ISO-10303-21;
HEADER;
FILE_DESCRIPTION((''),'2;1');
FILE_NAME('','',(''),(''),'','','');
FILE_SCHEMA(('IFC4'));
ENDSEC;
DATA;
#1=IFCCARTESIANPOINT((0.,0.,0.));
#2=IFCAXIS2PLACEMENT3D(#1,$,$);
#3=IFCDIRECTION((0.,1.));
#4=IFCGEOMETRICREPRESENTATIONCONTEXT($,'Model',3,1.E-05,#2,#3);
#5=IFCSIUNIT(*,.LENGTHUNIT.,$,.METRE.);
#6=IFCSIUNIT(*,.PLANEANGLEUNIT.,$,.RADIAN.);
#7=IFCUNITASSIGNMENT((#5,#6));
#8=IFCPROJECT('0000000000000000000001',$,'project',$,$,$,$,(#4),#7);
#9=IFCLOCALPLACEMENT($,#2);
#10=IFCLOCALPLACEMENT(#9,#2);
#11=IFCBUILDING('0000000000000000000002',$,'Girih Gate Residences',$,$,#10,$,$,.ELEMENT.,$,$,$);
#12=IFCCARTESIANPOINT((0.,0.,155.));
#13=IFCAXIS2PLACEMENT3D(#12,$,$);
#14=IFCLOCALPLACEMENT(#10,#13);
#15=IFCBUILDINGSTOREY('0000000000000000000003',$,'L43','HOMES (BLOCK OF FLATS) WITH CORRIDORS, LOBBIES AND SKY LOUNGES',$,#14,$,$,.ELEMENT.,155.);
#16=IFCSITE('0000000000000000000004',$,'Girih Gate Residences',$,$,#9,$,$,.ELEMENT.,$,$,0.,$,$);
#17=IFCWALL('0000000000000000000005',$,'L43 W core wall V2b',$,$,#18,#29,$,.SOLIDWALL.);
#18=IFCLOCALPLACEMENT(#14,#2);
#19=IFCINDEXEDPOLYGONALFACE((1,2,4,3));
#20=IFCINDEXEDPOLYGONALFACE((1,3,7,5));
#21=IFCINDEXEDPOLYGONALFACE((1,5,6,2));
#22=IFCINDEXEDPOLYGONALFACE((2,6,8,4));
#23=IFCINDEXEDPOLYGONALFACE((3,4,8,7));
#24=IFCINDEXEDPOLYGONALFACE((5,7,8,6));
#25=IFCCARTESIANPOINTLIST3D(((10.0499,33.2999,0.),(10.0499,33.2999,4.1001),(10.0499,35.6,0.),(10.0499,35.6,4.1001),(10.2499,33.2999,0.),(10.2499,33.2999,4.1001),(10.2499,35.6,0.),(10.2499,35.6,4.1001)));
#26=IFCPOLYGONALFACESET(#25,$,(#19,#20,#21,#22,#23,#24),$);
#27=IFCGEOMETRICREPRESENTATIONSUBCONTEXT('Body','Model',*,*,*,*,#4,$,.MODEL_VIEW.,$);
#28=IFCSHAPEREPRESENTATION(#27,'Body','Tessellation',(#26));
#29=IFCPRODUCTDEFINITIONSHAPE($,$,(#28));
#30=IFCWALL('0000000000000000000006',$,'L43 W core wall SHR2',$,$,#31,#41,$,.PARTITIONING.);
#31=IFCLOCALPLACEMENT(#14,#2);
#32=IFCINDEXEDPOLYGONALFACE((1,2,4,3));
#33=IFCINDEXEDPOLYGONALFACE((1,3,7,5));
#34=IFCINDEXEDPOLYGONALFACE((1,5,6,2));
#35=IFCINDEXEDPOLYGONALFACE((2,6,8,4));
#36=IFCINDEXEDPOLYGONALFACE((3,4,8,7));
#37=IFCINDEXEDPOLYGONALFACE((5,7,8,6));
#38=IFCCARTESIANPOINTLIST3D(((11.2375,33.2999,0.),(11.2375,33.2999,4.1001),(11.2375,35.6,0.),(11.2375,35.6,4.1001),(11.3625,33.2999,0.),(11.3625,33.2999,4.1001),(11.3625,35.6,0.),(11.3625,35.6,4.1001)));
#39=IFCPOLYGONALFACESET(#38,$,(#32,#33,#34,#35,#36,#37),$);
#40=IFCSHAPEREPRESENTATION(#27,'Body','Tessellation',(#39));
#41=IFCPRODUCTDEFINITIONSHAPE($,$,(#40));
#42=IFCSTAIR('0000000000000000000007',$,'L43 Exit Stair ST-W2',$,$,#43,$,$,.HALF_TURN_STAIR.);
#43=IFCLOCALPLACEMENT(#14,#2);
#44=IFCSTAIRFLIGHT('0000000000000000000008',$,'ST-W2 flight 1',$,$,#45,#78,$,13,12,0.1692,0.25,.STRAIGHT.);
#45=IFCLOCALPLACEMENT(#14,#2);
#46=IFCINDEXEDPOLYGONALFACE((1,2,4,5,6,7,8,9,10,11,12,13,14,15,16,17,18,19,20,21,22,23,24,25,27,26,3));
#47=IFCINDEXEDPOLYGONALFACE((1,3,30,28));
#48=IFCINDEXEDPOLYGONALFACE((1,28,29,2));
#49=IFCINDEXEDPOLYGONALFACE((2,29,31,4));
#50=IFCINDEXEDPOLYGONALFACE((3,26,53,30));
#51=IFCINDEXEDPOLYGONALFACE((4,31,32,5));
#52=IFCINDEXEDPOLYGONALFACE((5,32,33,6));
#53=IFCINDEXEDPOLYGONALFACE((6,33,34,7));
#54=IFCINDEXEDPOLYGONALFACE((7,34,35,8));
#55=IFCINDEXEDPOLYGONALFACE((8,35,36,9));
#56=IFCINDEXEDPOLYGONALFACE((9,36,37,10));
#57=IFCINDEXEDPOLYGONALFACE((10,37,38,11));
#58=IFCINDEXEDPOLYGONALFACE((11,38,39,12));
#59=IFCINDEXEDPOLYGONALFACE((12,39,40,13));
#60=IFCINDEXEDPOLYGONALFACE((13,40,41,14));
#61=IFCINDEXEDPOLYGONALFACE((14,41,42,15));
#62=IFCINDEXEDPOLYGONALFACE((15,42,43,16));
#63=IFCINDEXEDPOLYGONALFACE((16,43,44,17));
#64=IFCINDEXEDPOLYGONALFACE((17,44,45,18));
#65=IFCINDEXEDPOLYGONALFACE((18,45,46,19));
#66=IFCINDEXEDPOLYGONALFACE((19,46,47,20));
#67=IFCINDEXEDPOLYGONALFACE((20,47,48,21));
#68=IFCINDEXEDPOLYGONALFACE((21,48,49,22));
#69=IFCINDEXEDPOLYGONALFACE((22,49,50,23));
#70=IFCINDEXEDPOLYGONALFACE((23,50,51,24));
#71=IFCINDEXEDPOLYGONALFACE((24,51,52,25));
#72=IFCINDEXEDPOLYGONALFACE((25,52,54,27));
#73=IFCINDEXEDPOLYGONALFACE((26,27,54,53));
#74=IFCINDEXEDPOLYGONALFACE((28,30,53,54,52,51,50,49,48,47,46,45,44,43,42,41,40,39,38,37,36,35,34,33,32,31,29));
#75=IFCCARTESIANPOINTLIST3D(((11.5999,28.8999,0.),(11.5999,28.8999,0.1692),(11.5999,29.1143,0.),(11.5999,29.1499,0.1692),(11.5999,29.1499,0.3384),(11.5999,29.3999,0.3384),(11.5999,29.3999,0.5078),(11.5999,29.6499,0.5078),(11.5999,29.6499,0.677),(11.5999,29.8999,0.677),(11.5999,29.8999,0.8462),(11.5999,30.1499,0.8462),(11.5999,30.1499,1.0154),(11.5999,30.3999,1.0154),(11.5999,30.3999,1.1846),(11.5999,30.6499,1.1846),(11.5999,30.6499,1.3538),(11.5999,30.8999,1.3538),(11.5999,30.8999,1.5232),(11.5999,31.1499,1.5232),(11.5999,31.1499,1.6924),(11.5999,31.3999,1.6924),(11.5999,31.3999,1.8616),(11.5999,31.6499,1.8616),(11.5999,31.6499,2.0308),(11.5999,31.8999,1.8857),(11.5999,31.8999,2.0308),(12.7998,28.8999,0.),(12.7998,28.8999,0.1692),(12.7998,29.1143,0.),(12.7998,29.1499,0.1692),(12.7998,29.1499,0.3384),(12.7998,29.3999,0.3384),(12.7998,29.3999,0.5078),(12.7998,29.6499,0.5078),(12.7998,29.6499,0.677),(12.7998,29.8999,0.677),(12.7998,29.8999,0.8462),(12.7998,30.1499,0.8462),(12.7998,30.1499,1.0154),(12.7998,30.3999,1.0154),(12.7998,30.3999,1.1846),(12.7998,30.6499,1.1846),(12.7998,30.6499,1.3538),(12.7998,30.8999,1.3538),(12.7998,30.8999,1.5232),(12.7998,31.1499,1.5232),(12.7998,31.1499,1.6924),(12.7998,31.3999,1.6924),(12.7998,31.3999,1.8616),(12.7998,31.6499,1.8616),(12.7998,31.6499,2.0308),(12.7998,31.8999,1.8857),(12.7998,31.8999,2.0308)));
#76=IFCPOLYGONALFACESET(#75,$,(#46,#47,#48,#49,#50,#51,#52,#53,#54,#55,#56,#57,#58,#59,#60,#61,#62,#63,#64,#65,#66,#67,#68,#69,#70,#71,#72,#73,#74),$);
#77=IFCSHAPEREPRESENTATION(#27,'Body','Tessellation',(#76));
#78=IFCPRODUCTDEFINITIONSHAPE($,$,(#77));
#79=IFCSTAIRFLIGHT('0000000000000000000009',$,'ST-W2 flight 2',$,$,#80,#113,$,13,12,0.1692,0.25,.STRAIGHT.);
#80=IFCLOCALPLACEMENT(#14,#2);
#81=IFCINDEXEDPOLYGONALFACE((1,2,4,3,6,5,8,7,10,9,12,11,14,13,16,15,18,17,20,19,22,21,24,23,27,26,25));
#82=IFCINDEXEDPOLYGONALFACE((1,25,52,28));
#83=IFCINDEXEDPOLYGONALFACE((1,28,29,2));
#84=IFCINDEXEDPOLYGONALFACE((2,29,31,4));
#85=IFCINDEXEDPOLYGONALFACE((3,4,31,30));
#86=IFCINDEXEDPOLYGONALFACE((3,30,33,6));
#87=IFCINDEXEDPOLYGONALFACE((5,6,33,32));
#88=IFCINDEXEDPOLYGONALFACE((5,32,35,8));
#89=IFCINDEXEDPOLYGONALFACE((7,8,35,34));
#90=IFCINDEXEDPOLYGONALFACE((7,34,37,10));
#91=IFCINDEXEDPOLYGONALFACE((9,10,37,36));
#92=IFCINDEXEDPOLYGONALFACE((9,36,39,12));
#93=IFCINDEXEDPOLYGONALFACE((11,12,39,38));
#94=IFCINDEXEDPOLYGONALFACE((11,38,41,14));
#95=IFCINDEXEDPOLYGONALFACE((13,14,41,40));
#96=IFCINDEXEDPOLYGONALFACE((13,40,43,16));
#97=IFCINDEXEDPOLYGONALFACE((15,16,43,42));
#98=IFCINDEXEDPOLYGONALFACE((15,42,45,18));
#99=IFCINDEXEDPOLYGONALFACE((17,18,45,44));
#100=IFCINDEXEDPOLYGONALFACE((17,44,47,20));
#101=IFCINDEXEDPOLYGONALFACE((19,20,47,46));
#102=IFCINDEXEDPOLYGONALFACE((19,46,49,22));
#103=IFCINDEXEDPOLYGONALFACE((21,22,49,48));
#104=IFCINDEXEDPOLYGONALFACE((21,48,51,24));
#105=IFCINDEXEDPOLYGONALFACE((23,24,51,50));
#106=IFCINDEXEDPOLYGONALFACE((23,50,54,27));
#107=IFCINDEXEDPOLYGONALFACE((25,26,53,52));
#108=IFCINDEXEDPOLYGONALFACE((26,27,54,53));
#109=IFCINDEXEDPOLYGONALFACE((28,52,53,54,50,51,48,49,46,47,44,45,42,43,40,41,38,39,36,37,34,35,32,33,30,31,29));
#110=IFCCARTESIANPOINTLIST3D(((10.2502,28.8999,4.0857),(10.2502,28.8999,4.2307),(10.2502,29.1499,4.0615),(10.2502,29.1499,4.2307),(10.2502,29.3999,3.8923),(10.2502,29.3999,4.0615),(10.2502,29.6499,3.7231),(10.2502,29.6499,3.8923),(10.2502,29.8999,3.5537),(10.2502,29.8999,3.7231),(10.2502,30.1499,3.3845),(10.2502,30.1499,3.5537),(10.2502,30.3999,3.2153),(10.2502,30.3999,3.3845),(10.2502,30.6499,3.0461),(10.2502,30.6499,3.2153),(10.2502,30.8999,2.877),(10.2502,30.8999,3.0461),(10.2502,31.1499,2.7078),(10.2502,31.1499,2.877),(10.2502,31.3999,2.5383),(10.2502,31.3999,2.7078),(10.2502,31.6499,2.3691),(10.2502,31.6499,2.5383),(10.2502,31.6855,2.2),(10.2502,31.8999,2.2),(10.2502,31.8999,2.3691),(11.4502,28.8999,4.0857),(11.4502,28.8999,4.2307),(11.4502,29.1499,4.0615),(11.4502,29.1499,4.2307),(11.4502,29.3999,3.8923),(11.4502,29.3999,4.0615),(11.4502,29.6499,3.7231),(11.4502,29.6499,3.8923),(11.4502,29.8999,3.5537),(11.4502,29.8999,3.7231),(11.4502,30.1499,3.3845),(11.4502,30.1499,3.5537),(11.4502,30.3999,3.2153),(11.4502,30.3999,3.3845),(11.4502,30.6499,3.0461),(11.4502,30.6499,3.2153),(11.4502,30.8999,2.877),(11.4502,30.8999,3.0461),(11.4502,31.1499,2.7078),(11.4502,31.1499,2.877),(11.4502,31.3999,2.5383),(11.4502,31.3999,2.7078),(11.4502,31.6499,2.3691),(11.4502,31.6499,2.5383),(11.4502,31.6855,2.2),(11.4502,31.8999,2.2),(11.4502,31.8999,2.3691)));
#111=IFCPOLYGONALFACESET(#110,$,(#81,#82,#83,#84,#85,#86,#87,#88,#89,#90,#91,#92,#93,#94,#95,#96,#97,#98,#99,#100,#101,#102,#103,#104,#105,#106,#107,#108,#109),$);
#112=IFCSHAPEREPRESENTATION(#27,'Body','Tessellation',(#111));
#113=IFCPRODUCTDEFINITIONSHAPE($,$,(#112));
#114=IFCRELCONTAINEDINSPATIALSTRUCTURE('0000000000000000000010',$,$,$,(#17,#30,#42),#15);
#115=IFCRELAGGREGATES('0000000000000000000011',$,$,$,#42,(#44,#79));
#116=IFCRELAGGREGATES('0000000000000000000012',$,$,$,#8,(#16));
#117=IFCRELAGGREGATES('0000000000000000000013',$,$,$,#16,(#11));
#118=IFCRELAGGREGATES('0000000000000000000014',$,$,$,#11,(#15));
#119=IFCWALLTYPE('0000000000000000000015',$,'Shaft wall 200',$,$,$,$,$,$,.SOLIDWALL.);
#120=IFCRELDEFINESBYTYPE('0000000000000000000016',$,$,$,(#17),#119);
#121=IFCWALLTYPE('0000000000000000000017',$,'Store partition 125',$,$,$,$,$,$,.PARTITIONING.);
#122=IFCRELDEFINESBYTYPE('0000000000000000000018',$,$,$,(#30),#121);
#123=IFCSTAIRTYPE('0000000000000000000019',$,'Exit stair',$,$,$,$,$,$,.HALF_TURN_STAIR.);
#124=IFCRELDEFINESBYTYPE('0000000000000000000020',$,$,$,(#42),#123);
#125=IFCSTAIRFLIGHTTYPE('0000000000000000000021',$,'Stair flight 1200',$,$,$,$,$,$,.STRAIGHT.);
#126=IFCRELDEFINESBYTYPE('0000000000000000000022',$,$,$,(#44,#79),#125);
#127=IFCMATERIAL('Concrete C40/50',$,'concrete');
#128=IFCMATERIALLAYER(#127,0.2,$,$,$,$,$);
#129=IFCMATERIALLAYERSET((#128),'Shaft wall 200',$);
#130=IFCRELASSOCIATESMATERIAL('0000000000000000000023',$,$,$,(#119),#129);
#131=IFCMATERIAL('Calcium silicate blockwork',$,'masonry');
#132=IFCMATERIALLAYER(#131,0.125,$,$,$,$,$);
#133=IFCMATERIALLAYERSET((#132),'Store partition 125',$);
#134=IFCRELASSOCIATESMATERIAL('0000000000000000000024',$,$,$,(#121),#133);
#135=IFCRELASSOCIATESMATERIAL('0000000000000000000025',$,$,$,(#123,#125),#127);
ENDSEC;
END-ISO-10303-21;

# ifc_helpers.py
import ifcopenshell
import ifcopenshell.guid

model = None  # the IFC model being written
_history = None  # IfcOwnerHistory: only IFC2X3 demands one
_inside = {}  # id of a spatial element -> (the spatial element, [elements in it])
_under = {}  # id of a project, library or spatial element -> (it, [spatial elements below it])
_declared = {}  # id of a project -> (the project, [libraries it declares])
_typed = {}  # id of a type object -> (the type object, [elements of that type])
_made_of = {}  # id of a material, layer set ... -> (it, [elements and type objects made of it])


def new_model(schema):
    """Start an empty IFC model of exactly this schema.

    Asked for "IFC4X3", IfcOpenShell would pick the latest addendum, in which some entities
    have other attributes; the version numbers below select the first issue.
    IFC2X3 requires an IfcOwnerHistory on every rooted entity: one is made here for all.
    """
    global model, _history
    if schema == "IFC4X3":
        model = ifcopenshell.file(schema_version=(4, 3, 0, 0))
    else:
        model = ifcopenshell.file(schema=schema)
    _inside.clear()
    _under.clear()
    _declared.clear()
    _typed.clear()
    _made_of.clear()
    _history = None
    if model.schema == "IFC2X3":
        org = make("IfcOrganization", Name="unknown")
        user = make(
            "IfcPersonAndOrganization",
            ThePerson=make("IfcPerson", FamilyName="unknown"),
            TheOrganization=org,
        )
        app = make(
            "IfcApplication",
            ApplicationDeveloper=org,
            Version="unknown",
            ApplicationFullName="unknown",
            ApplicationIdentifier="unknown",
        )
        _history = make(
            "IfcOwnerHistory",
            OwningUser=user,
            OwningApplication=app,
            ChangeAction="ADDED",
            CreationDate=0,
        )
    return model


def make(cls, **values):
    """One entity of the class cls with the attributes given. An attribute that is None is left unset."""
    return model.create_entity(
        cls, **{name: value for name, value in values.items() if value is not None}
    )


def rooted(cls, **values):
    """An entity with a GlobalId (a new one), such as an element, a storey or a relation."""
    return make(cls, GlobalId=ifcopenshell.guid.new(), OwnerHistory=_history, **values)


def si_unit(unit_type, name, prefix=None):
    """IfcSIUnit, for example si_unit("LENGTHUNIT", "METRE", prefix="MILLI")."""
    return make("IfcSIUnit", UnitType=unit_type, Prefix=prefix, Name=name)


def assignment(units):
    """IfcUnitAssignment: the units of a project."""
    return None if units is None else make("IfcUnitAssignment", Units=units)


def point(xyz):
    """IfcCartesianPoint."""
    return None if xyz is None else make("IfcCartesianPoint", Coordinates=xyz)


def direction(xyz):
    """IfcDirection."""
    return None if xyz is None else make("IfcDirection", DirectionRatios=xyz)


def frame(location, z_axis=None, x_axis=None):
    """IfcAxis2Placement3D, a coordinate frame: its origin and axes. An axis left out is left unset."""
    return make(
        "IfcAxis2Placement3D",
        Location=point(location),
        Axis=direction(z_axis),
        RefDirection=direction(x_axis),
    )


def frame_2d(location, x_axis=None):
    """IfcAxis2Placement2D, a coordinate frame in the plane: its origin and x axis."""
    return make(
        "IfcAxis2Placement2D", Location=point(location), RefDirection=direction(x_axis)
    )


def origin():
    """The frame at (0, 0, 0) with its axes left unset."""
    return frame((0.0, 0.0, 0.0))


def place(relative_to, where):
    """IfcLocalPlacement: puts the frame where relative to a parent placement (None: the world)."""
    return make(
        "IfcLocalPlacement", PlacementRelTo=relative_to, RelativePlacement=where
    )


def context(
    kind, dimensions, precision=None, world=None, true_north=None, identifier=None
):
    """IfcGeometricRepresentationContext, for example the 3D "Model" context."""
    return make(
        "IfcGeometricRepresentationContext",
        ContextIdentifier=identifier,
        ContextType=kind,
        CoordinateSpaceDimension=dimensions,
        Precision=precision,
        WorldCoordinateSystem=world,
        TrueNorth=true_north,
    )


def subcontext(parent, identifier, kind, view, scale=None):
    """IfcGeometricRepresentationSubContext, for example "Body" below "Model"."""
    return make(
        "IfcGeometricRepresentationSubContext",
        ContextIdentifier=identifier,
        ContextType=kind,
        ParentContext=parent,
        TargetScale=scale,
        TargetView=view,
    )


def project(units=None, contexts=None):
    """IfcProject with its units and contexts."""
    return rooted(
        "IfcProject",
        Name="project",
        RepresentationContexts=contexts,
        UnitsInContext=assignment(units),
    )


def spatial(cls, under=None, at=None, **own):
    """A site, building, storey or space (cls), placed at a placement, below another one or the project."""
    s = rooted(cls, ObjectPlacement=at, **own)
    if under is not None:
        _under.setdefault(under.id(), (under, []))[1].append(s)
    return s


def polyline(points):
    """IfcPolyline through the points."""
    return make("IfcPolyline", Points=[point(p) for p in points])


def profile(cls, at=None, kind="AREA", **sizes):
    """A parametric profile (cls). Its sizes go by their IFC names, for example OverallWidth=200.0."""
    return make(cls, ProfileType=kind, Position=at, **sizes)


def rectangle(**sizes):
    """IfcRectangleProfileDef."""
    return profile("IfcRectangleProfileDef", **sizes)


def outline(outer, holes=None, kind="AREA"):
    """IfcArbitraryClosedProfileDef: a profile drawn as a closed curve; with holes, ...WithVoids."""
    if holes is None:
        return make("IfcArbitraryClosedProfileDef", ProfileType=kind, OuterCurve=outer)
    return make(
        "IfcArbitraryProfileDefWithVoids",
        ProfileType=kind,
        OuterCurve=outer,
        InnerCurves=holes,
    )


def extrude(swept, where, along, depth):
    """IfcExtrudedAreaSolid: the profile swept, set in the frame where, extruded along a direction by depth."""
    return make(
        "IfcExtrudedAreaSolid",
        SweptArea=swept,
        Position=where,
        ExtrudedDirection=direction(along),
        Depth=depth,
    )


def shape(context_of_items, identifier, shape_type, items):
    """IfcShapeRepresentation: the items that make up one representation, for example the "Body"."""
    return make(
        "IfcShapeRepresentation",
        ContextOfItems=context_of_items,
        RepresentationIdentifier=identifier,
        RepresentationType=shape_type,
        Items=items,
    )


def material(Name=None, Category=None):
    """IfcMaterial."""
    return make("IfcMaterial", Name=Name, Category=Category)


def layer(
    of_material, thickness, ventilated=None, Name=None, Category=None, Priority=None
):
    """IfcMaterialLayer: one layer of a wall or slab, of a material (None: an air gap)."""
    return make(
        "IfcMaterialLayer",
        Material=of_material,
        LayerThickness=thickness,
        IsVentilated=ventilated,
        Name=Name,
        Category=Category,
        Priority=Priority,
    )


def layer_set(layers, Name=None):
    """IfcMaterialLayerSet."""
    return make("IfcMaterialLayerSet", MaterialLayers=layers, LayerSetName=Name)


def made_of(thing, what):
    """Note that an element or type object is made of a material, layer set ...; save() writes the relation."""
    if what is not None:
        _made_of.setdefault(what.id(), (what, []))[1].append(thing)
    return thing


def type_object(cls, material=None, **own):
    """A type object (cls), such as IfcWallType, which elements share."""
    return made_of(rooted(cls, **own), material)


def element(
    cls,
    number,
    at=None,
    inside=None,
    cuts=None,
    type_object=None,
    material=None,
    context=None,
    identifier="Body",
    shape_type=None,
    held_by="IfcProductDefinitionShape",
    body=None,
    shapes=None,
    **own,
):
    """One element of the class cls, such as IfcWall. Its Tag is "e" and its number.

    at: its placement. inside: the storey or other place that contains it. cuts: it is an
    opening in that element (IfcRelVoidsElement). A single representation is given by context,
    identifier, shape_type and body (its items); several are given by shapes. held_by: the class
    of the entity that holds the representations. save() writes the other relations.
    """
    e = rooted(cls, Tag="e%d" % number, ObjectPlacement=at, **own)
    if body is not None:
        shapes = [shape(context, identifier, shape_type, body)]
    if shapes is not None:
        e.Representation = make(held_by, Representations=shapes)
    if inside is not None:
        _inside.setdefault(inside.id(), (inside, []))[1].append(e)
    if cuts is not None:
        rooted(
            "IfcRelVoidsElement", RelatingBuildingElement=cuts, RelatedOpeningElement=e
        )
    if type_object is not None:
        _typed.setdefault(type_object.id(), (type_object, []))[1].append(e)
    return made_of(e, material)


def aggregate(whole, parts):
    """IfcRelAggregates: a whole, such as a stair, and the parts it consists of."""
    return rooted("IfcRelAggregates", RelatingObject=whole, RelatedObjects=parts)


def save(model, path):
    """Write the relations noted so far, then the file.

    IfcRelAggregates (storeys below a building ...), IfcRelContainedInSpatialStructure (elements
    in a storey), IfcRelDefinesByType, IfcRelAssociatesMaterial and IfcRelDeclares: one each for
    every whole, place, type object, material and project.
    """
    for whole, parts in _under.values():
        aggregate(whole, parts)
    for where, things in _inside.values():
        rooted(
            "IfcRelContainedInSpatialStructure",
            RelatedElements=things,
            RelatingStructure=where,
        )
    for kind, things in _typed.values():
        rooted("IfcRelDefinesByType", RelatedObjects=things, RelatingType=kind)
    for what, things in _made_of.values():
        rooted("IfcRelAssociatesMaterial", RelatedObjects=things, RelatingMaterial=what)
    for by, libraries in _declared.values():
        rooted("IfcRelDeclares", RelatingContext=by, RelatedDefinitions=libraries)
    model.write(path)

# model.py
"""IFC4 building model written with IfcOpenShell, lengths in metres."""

from ifc_helpers import new_model, si_unit, direction, frame, frame_2d, origin, place, context, subcontext, project, spatial, polyline, rectangle, outline, extrude, material, layer, layer_set, type_object, element, aggregate, save


model = new_model("IFC4")

# Units and contexts
model_context = context("Model", 3, precision=1e-05, world=origin(), true_north=direction((0.0, 1.0)))
body_context = subcontext(model_context, "Body", "Model", "MODEL_VIEW")
ifc_project = project(units=[si_unit("LENGTHUNIT", "METRE"), si_unit("PLANEANGLEUNIT", "RADIAN")], contexts=[model_context])

# Site, building, storey
site_placement = place(None, origin())
site = spatial("IfcSite", under=ifc_project, at=site_placement, Name="Girih Gate Residences", CompositionType="ELEMENT", RefElevation=0.0)
building_placement = place(site_placement, origin())
building = spatial("IfcBuilding", under=site, at=building_placement, Name="Girih Gate Residences", CompositionType="ELEMENT")
storey_placement = place(building_placement, frame((0.0, 0.0, 155.0)))
storey = spatial("IfcBuildingStorey", under=building, at=storey_placement, Name="L43", Description="HOMES (BLOCK OF FLATS) WITH CORRIDORS, LOBBIES AND SKY LOUNGES", CompositionType="ELEMENT", Elevation=155.0)

# Shared definitions
ifc_material_1 = material(Name="Concrete C40/50", Category="concrete")
ifc_layer_1 = layer(ifc_material_1, 0.2)
ifc_layer_set_1 = layer_set([ifc_layer_1], Name="Shaft wall 200")
wall_type_1 = type_object("IfcWallType", Name="Shaft wall 200", PredefinedType="SOLIDWALL", material=ifc_layer_set_1)

# Walls
for number, where, z_axis, x_axis, name in (
    (1, (10.1499, 33.3, 0.0), (0.0, 0.0, 1.0), (0.0, 1.0, 0.0), "L43 W core wall V2b"),
):
    element("IfcWall", number, at=place(storey_placement, frame(where, z_axis=z_axis, x_axis=x_axis)), inside=storey, type_object=wall_type_1, Name=name, PredefinedType="SOLIDWALL", context=body_context, shape_type="SweptSolid", body=[
        extrude(rectangle(XDim=2.3, YDim=0.2, at=frame_2d((1.1499, 0.0))), origin(), (0.0, 0.0, 1.0), 4.1001),
    ])
ifc_material_2 = material(Name="Calcium silicate blockwork", Category="masonry")
ifc_layer_2 = layer(ifc_material_2, 0.125)
ifc_layer_set_2 = layer_set([ifc_layer_2], Name="Store partition 125")
wall_type_2 = type_object("IfcWallType", Name="Store partition 125", PredefinedType="PARTITIONING", material=ifc_layer_set_2)
wall_1_placement = place(storey_placement, frame((11.3, 33.3, 0.0), z_axis=(0.0, 0.0, 1.0), x_axis=(0.0, 1.0, 0.0)))
element("IfcWall", 2, at=wall_1_placement, inside=storey, type_object=wall_type_2, Name="L43 W core wall SHR2", PredefinedType="PARTITIONING", context=body_context, shape_type="SweptSolid", body=[
    extrude(rectangle(XDim=2.3, YDim=0.125, at=frame_2d((1.1499, 0.0))), origin(), (0.0, 0.0, 1.0), 4.1001),
])

# Stair, stair flights
stair_type = type_object("IfcStairType", Name="Exit stair", PredefinedType="HALF_TURN_STAIR", material=ifc_material_1)
stair_placement = place(storey_placement, origin())
stair = element("IfcStair", 3, at=stair_placement, inside=storey, type_object=stair_type, Name="L43 Exit Stair ST-W2", PredefinedType="HALF_TURN_STAIR")
stair_flight_type = type_object("IfcStairFlightType", Name="Stair flight 1200", PredefinedType="STRAIGHT", material=ifc_material_1)
stair_flight_1_placement = place(storey_placement, frame((12.2, 28.8999, 0.0), z_axis=(0.0, 0.0, 1.0), x_axis=(0.0, 1.0, 0.0)))
stair_flight_1 = element("IfcStairFlight", 4, at=stair_flight_1_placement, type_object=stair_flight_type, Name="ST-W2 flight 1", NumberOfRisers=13, NumberOfTreads=12, PredefinedType="STRAIGHT", RiserHeight=0.1692, TreadLength=0.25, context=body_context, shape_type="SweptSolid", body=[
    extrude(outline(polyline([(0.0, 0.0), (0.0, 0.1692), (0.25, 0.1692), (0.25, 0.3384), (0.5, 0.3384), (0.5, 0.5078), (0.75, 0.5078), (0.75, 0.677), (1.0, 0.677), (1.0, 0.8462), (1.25, 0.8462), (1.25, 1.0154), (1.5, 1.0154), (1.5, 1.1846), (1.75, 1.1846), (1.75, 1.3538), (2.0, 1.3538), (2.0, 1.5232), (2.25, 1.5232), (2.25, 1.6924), (2.5, 1.6924), (2.5, 1.8616), (2.75, 1.8616), (2.75, 2.0308), (3.0, 2.0308), (3.0, 2.2), (3.0, 1.8857), (0.2144, 0.0), (0.0, 0.0)])), frame((0.0, 0.6001, 0.0), z_axis=(0.0, -1.0, 0.0), x_axis=(1.0, 0.0, 0.0)), (0.0, 0.0, 1.0), 1.2),
])
stair_flight_2_placement = place(storey_placement, frame((10.8501, 31.8999, 2.2), z_axis=(0.0, 0.0, 1.0), x_axis=(0.0, -1.0, 0.0)))
stair_flight_2 = element("IfcStairFlight", 5, at=stair_flight_2_placement, type_object=stair_flight_type, Name="ST-W2 flight 2", NumberOfRisers=13, NumberOfTreads=12, PredefinedType="STRAIGHT", RiserHeight=0.1692, TreadLength=0.25, context=body_context, shape_type="SweptSolid", body=[
    extrude(outline(polyline([(0.0, 0.0), (0.0, 0.1692), (0.25, 0.1692), (0.25, 0.3384), (0.5, 0.3384), (0.5, 0.5078), (0.75, 0.5078), (0.75, 0.677), (1.0, 0.677), (1.0, 0.8462), (1.25, 0.8462), (1.25, 1.0154), (1.5, 1.0154), (1.5, 1.1846), (1.75, 1.1846), (1.75, 1.3538), (2.0, 1.3538), (2.0, 1.5232), (2.25, 1.5232), (2.25, 1.6924), (2.5, 1.6924), (2.5, 1.8616), (2.75, 1.8616), (2.75, 2.0308), (3.0, 2.0308), (3.0, 2.2), (3.0, 1.8857), (0.2144, 0.0), (0.0, 0.0)])), frame((0.0, 0.6001, 0.0), z_axis=(0.0, -1.0, 0.0), x_axis=(1.0, 0.0, 0.0)), (0.0, 0.0, 1.0), 1.2),
])
aggregate(stair, [stair_flight_1, stair_flight_2])

save(model, "model.ifc")
